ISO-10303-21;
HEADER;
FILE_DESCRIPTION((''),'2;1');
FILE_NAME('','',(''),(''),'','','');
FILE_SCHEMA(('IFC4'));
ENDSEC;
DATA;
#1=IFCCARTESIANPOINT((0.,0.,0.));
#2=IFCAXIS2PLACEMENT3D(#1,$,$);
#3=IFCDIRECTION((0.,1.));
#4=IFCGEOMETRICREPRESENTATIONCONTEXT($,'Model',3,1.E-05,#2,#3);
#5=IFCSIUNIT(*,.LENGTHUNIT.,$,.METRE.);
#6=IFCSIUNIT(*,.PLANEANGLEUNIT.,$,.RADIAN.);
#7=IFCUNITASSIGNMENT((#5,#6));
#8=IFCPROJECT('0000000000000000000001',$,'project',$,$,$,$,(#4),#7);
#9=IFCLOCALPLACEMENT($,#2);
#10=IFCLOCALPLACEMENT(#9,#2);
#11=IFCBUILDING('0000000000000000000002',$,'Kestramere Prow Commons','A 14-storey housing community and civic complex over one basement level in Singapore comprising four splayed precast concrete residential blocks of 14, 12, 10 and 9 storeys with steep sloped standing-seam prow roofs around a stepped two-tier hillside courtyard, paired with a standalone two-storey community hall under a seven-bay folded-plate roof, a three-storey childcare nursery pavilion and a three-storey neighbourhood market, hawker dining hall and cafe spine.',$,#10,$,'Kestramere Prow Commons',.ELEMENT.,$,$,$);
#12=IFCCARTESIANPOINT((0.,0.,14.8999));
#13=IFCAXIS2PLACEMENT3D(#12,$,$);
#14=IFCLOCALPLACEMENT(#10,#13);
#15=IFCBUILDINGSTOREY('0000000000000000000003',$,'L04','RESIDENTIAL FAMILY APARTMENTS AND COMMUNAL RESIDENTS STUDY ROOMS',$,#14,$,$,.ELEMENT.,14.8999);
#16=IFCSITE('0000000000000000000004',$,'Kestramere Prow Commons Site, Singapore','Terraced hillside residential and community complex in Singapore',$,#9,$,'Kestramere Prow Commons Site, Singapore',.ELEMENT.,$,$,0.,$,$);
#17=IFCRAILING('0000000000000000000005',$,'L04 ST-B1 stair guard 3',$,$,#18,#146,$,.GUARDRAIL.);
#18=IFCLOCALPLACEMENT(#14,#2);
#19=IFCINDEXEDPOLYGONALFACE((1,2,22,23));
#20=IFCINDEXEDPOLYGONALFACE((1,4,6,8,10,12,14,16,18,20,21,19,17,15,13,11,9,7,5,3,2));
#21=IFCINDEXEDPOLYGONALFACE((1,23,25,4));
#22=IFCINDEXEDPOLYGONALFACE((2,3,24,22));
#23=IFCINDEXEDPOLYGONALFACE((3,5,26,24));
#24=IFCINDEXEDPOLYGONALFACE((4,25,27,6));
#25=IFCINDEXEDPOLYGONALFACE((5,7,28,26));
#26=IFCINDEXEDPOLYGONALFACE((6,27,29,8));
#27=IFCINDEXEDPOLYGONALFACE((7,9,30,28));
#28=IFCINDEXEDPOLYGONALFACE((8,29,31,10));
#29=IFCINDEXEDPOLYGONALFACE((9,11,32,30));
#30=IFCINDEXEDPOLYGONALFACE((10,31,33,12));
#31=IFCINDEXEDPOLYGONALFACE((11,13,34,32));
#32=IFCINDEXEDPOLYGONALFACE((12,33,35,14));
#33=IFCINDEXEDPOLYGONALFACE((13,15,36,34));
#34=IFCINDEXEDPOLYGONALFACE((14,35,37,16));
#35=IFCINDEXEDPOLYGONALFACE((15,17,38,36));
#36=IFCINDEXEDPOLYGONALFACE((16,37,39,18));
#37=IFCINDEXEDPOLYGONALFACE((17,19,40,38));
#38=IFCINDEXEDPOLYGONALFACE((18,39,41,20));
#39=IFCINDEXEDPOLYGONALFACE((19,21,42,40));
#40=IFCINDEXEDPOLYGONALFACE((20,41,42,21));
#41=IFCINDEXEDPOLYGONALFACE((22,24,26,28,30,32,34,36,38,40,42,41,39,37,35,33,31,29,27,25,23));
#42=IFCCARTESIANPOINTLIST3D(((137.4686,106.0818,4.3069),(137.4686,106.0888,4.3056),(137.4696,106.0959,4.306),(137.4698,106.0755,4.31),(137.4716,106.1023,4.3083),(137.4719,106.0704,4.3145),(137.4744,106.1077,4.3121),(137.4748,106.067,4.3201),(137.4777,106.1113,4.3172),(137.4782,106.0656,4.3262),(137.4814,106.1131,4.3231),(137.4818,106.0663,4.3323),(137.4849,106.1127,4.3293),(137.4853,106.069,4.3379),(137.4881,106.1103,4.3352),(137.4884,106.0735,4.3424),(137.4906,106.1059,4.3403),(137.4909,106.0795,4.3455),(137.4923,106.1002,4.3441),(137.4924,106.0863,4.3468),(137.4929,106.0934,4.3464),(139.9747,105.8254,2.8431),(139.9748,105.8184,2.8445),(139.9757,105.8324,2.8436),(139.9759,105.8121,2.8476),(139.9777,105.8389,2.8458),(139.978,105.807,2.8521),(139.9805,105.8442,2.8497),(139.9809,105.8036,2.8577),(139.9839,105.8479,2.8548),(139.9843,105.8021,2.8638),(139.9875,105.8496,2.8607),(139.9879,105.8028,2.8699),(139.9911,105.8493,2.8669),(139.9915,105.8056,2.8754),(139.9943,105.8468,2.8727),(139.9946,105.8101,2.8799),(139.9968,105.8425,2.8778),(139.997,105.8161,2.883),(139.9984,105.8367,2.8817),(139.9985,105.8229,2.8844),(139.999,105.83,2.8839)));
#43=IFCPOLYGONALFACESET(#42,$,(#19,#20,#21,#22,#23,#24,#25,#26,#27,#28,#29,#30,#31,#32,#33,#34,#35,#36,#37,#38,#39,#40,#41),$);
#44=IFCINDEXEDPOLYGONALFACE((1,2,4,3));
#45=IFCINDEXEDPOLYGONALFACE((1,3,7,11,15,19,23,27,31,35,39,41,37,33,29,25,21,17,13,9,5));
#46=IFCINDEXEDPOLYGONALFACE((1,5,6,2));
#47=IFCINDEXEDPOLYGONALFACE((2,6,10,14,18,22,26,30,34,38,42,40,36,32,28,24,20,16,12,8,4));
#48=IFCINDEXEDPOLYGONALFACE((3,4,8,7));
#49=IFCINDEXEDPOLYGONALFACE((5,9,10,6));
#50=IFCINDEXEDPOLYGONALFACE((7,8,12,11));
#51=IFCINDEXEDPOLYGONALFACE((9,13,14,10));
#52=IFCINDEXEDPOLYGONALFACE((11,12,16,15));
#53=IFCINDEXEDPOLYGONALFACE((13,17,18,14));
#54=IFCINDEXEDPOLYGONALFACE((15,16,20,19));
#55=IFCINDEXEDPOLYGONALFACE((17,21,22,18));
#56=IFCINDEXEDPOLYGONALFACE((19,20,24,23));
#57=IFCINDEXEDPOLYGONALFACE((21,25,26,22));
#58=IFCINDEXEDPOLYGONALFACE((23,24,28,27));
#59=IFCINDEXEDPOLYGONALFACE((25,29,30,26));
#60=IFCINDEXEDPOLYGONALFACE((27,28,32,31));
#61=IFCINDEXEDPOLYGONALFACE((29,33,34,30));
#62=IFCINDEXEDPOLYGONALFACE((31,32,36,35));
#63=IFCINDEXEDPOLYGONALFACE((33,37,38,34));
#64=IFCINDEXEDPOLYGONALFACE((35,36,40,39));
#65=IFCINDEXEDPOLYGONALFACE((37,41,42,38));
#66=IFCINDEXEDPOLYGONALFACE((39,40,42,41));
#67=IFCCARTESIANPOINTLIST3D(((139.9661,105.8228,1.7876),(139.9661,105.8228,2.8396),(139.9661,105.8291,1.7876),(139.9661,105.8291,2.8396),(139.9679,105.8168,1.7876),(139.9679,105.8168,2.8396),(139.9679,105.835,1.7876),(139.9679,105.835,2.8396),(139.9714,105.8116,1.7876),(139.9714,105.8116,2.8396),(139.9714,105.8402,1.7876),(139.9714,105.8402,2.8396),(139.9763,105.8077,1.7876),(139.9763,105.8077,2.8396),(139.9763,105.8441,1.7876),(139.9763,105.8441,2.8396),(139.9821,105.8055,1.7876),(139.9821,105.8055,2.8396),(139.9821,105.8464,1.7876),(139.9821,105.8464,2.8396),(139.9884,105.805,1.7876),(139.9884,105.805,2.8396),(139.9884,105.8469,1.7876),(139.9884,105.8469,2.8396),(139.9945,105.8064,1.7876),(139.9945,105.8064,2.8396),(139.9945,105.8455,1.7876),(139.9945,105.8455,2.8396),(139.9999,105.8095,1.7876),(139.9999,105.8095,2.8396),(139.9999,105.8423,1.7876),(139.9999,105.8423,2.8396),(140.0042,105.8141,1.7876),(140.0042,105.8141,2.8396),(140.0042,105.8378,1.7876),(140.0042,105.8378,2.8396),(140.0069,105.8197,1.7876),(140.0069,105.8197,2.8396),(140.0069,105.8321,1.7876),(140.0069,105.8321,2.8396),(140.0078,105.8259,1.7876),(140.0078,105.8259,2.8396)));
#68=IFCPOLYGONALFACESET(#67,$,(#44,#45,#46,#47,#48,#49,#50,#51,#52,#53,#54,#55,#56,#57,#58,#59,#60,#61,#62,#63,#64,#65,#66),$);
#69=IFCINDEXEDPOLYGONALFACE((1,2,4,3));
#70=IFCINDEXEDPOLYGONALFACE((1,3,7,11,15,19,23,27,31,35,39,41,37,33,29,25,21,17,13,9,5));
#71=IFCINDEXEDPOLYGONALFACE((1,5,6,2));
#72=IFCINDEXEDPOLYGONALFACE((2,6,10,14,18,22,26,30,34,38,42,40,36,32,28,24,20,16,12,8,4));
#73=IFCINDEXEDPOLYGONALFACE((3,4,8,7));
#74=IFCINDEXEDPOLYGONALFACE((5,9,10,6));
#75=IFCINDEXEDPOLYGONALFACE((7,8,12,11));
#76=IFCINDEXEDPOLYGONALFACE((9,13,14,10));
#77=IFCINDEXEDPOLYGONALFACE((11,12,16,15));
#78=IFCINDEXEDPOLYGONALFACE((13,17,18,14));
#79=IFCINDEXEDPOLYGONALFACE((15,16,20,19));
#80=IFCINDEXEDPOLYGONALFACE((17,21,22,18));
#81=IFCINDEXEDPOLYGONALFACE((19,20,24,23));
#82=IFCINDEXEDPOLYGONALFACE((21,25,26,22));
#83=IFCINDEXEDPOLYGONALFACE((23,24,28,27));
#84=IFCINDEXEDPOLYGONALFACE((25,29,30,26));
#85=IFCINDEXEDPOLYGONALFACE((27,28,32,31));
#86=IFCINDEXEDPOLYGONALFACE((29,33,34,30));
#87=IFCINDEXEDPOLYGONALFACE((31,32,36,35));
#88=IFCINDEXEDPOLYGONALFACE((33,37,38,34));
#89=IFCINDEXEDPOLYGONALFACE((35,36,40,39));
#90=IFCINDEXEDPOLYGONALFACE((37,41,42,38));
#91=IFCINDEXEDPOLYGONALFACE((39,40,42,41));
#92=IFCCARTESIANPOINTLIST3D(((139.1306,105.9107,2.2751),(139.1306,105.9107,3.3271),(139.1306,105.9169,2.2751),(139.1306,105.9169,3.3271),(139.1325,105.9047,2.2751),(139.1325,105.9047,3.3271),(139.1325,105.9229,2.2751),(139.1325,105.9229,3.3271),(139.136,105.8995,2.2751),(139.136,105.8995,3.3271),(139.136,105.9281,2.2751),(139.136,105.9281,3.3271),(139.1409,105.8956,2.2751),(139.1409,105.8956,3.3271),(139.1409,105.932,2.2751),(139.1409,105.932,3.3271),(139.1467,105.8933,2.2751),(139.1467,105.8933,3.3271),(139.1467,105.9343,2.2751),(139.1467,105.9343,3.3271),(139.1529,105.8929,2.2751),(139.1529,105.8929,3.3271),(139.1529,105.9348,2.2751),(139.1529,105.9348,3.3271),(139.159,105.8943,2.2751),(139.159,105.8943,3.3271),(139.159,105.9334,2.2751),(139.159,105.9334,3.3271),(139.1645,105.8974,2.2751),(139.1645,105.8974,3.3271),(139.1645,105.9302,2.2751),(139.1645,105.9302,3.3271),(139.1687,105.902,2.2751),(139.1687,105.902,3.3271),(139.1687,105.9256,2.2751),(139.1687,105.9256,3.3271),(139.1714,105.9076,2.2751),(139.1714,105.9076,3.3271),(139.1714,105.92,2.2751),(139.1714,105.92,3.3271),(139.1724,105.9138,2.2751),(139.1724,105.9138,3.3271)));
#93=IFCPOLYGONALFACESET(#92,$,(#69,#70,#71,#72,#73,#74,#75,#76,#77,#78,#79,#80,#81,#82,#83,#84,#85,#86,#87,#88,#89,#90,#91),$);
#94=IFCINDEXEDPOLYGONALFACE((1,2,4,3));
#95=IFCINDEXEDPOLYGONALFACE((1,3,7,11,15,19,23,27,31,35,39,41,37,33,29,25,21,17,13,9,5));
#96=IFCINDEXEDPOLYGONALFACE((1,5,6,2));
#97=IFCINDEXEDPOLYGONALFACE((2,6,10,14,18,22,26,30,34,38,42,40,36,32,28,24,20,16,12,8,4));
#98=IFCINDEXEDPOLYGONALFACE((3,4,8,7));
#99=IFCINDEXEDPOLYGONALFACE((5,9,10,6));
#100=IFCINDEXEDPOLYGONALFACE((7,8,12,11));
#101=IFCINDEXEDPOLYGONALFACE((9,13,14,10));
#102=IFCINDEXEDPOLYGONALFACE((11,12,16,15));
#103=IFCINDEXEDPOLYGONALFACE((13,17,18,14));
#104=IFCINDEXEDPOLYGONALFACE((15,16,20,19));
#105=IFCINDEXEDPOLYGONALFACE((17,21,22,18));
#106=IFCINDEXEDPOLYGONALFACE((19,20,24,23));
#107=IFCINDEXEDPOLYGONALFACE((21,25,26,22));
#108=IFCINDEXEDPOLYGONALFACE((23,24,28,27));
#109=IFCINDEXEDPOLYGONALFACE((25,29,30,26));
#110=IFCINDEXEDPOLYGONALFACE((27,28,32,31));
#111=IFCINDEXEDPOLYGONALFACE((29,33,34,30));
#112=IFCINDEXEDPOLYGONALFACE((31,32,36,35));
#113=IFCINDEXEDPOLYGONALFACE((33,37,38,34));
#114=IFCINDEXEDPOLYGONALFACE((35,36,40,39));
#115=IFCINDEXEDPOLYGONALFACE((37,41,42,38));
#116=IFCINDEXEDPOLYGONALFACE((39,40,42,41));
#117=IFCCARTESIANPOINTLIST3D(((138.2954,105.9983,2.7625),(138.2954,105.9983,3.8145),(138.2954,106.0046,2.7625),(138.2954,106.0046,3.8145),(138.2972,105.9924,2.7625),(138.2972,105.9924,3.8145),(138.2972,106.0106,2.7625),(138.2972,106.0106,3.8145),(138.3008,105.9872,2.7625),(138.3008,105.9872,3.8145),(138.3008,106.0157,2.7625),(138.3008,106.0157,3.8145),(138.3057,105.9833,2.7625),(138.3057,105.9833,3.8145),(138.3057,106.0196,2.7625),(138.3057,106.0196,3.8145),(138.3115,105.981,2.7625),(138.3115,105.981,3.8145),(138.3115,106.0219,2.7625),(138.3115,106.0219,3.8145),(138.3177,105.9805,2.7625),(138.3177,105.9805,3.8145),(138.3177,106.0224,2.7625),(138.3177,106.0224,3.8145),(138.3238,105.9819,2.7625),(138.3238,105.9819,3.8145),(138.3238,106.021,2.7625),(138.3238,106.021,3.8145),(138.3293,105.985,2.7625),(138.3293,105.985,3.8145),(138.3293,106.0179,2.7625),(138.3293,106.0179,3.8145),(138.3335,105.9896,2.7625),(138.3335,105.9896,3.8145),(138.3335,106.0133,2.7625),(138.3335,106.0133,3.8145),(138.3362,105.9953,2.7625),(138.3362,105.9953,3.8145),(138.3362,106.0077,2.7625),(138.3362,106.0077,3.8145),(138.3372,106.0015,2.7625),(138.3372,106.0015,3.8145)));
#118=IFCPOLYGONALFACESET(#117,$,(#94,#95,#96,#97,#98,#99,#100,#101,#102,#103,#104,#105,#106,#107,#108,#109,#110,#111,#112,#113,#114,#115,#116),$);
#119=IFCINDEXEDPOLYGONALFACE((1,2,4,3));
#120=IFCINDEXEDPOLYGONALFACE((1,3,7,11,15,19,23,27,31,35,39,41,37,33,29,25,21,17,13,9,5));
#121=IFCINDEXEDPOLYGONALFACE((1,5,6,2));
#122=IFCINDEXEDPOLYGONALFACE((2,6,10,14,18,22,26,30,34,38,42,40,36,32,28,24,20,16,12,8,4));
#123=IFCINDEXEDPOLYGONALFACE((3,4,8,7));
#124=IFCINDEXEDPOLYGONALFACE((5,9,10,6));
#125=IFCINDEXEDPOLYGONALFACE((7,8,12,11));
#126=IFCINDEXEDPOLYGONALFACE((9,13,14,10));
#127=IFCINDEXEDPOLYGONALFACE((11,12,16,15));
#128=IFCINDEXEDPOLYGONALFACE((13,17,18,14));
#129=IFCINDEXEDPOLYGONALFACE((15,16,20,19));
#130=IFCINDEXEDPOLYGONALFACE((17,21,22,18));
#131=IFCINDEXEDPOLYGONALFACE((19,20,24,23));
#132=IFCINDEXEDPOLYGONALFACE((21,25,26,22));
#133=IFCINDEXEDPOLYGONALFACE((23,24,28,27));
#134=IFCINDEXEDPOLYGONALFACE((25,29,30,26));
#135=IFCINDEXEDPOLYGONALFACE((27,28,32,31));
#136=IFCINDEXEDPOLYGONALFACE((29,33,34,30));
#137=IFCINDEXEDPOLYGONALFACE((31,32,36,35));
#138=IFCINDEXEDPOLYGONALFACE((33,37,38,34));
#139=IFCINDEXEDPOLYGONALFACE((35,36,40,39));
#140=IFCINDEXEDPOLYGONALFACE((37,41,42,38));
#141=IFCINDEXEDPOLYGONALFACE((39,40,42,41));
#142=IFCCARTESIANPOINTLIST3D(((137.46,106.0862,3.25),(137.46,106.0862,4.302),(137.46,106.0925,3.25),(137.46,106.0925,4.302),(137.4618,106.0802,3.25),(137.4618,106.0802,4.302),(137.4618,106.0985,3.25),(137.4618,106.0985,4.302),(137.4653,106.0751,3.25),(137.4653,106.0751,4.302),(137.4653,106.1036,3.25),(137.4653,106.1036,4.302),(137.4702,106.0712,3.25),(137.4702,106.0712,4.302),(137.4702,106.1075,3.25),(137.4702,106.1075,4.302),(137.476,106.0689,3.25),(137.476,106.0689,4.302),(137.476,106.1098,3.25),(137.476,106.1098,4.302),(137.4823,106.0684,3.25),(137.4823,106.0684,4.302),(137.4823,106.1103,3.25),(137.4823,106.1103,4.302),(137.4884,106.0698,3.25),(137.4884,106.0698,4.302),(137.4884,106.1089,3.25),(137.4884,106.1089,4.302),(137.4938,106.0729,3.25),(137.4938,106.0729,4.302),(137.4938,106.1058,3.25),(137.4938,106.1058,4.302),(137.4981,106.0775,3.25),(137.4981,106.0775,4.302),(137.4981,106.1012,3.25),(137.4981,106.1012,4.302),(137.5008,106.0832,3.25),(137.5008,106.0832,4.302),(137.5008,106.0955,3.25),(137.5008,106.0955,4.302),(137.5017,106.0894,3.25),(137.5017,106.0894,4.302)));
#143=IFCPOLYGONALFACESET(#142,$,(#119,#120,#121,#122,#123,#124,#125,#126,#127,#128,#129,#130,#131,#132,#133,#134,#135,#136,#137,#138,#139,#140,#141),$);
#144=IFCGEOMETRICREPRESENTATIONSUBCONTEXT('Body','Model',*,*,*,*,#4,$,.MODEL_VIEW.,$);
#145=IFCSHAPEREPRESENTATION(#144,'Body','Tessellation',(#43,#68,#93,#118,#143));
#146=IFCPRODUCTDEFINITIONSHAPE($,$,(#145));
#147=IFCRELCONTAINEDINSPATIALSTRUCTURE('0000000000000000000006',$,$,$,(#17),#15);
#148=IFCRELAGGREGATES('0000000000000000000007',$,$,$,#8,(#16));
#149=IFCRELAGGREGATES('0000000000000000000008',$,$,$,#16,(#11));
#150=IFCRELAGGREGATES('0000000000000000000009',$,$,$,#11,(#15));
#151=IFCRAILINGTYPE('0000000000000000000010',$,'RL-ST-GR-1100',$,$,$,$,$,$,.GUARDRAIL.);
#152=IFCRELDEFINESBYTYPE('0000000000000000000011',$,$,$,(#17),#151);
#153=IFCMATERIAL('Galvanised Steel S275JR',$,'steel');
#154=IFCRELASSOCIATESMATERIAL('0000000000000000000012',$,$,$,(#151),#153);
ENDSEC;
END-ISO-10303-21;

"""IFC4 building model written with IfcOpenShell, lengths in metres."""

from ifc_helpers import new_model, si_unit, direction, frame, origin, origin_2d, place, context, subcontext, project, spatial, circle, extrude, material, type_object, element, save


model = new_model("IFC4")

# Units and contexts
model_context = context("Model", 3, precision=1e-05, world=origin(), true_north=direction((0.0, 1.0)))
body_context = subcontext(model_context, "Body", "Model", "MODEL_VIEW")
ifc_project = project(units=[si_unit("LENGTHUNIT", "METRE"), si_unit("PLANEANGLEUNIT", "RADIAN")], contexts=[model_context])

# Site, building, storey
site_placement = place(None, origin())
site = spatial("IfcSite", under=ifc_project, at=site_placement, Name="Kestramere Prow Commons Site, Singapore", Description="Terraced hillside residential and community complex in Singapore", LongName="Kestramere Prow Commons Site, Singapore", CompositionType="ELEMENT", RefElevation=0.0)
building_placement = place(site_placement, origin())
building = spatial("IfcBuilding", under=site, at=building_placement, Name="Kestramere Prow Commons", Description="A 14-storey housing community and civic complex over one basement level in Singapore comprising four splayed precast concrete residential blocks of 14, 12, 10 and 9 storeys with steep sloped standing-seam prow roofs around a stepped two-tier hillside courtyard, paired with a standalone two-storey community hall under a seven-bay folded-plate roof, a three-storey childcare nursery pavilion and a three-storey neighbourhood market, hawker dining hall and cafe spine.", LongName="Kestramere Prow Commons", CompositionType="ELEMENT")
storey_placement = place(building_placement, frame((0.0, 0.0, 14.8999)))
storey = spatial("IfcBuildingStorey", under=building, at=storey_placement, Name="L04", Description="RESIDENTIAL FAMILY APARTMENTS AND COMMUNAL RESIDENTS STUDY ROOMS", CompositionType="ELEMENT", Elevation=14.8999)

# Railing
ifc_material_1 = material(Name="Galvanised Steel S275JR", Category="steel")
railing_type_1 = type_object("IfcRailingType", Name="RL-ST-GR-1100", PredefinedType="GUARDRAIL", material=ifc_material_1)
railing_1_placement = place(storey_placement, frame((139.9868, 105.8259, 1.7876)))
element("IfcRailing", 1, at=railing_1_placement, inside=storey, type_object=railing_type_1, Name="L04 ST-B1 stair guard 3", PredefinedType="GUARDRAIL", context=body_context, shape_type="SweptSolid", body=[
    extrude(circle(Radius=0.0239, at=origin_2d()), frame((0.0, 0.0, 1.0762), z_axis=(-0.860165, 0.090416, 0.501937), x_axis=(-0.104539, -0.994521, 0.0)), (0.0, 0.0, 1.0), 2.9136),
    extrude(circle(Radius=0.021, at=origin_2d()), origin(), (0.0, 0.0, 1.0), 1.052),
    extrude(circle(Radius=0.021, at=origin_2d()), frame((-0.8354, 0.0879, 0.4875)), (0.0, 0.0, 1.0), 1.052),
    extrude(circle(Radius=0.021, at=origin_2d()), frame((-1.6707, 0.1755, 0.9749)), (0.0, 0.0, 1.0), 1.052),
    extrude(circle(Radius=0.021, at=origin_2d()), frame((-2.5061, 0.2634, 1.4624)), (0.0, 0.0, 1.0), 1.052),
])

save(model, "model.ifc")
